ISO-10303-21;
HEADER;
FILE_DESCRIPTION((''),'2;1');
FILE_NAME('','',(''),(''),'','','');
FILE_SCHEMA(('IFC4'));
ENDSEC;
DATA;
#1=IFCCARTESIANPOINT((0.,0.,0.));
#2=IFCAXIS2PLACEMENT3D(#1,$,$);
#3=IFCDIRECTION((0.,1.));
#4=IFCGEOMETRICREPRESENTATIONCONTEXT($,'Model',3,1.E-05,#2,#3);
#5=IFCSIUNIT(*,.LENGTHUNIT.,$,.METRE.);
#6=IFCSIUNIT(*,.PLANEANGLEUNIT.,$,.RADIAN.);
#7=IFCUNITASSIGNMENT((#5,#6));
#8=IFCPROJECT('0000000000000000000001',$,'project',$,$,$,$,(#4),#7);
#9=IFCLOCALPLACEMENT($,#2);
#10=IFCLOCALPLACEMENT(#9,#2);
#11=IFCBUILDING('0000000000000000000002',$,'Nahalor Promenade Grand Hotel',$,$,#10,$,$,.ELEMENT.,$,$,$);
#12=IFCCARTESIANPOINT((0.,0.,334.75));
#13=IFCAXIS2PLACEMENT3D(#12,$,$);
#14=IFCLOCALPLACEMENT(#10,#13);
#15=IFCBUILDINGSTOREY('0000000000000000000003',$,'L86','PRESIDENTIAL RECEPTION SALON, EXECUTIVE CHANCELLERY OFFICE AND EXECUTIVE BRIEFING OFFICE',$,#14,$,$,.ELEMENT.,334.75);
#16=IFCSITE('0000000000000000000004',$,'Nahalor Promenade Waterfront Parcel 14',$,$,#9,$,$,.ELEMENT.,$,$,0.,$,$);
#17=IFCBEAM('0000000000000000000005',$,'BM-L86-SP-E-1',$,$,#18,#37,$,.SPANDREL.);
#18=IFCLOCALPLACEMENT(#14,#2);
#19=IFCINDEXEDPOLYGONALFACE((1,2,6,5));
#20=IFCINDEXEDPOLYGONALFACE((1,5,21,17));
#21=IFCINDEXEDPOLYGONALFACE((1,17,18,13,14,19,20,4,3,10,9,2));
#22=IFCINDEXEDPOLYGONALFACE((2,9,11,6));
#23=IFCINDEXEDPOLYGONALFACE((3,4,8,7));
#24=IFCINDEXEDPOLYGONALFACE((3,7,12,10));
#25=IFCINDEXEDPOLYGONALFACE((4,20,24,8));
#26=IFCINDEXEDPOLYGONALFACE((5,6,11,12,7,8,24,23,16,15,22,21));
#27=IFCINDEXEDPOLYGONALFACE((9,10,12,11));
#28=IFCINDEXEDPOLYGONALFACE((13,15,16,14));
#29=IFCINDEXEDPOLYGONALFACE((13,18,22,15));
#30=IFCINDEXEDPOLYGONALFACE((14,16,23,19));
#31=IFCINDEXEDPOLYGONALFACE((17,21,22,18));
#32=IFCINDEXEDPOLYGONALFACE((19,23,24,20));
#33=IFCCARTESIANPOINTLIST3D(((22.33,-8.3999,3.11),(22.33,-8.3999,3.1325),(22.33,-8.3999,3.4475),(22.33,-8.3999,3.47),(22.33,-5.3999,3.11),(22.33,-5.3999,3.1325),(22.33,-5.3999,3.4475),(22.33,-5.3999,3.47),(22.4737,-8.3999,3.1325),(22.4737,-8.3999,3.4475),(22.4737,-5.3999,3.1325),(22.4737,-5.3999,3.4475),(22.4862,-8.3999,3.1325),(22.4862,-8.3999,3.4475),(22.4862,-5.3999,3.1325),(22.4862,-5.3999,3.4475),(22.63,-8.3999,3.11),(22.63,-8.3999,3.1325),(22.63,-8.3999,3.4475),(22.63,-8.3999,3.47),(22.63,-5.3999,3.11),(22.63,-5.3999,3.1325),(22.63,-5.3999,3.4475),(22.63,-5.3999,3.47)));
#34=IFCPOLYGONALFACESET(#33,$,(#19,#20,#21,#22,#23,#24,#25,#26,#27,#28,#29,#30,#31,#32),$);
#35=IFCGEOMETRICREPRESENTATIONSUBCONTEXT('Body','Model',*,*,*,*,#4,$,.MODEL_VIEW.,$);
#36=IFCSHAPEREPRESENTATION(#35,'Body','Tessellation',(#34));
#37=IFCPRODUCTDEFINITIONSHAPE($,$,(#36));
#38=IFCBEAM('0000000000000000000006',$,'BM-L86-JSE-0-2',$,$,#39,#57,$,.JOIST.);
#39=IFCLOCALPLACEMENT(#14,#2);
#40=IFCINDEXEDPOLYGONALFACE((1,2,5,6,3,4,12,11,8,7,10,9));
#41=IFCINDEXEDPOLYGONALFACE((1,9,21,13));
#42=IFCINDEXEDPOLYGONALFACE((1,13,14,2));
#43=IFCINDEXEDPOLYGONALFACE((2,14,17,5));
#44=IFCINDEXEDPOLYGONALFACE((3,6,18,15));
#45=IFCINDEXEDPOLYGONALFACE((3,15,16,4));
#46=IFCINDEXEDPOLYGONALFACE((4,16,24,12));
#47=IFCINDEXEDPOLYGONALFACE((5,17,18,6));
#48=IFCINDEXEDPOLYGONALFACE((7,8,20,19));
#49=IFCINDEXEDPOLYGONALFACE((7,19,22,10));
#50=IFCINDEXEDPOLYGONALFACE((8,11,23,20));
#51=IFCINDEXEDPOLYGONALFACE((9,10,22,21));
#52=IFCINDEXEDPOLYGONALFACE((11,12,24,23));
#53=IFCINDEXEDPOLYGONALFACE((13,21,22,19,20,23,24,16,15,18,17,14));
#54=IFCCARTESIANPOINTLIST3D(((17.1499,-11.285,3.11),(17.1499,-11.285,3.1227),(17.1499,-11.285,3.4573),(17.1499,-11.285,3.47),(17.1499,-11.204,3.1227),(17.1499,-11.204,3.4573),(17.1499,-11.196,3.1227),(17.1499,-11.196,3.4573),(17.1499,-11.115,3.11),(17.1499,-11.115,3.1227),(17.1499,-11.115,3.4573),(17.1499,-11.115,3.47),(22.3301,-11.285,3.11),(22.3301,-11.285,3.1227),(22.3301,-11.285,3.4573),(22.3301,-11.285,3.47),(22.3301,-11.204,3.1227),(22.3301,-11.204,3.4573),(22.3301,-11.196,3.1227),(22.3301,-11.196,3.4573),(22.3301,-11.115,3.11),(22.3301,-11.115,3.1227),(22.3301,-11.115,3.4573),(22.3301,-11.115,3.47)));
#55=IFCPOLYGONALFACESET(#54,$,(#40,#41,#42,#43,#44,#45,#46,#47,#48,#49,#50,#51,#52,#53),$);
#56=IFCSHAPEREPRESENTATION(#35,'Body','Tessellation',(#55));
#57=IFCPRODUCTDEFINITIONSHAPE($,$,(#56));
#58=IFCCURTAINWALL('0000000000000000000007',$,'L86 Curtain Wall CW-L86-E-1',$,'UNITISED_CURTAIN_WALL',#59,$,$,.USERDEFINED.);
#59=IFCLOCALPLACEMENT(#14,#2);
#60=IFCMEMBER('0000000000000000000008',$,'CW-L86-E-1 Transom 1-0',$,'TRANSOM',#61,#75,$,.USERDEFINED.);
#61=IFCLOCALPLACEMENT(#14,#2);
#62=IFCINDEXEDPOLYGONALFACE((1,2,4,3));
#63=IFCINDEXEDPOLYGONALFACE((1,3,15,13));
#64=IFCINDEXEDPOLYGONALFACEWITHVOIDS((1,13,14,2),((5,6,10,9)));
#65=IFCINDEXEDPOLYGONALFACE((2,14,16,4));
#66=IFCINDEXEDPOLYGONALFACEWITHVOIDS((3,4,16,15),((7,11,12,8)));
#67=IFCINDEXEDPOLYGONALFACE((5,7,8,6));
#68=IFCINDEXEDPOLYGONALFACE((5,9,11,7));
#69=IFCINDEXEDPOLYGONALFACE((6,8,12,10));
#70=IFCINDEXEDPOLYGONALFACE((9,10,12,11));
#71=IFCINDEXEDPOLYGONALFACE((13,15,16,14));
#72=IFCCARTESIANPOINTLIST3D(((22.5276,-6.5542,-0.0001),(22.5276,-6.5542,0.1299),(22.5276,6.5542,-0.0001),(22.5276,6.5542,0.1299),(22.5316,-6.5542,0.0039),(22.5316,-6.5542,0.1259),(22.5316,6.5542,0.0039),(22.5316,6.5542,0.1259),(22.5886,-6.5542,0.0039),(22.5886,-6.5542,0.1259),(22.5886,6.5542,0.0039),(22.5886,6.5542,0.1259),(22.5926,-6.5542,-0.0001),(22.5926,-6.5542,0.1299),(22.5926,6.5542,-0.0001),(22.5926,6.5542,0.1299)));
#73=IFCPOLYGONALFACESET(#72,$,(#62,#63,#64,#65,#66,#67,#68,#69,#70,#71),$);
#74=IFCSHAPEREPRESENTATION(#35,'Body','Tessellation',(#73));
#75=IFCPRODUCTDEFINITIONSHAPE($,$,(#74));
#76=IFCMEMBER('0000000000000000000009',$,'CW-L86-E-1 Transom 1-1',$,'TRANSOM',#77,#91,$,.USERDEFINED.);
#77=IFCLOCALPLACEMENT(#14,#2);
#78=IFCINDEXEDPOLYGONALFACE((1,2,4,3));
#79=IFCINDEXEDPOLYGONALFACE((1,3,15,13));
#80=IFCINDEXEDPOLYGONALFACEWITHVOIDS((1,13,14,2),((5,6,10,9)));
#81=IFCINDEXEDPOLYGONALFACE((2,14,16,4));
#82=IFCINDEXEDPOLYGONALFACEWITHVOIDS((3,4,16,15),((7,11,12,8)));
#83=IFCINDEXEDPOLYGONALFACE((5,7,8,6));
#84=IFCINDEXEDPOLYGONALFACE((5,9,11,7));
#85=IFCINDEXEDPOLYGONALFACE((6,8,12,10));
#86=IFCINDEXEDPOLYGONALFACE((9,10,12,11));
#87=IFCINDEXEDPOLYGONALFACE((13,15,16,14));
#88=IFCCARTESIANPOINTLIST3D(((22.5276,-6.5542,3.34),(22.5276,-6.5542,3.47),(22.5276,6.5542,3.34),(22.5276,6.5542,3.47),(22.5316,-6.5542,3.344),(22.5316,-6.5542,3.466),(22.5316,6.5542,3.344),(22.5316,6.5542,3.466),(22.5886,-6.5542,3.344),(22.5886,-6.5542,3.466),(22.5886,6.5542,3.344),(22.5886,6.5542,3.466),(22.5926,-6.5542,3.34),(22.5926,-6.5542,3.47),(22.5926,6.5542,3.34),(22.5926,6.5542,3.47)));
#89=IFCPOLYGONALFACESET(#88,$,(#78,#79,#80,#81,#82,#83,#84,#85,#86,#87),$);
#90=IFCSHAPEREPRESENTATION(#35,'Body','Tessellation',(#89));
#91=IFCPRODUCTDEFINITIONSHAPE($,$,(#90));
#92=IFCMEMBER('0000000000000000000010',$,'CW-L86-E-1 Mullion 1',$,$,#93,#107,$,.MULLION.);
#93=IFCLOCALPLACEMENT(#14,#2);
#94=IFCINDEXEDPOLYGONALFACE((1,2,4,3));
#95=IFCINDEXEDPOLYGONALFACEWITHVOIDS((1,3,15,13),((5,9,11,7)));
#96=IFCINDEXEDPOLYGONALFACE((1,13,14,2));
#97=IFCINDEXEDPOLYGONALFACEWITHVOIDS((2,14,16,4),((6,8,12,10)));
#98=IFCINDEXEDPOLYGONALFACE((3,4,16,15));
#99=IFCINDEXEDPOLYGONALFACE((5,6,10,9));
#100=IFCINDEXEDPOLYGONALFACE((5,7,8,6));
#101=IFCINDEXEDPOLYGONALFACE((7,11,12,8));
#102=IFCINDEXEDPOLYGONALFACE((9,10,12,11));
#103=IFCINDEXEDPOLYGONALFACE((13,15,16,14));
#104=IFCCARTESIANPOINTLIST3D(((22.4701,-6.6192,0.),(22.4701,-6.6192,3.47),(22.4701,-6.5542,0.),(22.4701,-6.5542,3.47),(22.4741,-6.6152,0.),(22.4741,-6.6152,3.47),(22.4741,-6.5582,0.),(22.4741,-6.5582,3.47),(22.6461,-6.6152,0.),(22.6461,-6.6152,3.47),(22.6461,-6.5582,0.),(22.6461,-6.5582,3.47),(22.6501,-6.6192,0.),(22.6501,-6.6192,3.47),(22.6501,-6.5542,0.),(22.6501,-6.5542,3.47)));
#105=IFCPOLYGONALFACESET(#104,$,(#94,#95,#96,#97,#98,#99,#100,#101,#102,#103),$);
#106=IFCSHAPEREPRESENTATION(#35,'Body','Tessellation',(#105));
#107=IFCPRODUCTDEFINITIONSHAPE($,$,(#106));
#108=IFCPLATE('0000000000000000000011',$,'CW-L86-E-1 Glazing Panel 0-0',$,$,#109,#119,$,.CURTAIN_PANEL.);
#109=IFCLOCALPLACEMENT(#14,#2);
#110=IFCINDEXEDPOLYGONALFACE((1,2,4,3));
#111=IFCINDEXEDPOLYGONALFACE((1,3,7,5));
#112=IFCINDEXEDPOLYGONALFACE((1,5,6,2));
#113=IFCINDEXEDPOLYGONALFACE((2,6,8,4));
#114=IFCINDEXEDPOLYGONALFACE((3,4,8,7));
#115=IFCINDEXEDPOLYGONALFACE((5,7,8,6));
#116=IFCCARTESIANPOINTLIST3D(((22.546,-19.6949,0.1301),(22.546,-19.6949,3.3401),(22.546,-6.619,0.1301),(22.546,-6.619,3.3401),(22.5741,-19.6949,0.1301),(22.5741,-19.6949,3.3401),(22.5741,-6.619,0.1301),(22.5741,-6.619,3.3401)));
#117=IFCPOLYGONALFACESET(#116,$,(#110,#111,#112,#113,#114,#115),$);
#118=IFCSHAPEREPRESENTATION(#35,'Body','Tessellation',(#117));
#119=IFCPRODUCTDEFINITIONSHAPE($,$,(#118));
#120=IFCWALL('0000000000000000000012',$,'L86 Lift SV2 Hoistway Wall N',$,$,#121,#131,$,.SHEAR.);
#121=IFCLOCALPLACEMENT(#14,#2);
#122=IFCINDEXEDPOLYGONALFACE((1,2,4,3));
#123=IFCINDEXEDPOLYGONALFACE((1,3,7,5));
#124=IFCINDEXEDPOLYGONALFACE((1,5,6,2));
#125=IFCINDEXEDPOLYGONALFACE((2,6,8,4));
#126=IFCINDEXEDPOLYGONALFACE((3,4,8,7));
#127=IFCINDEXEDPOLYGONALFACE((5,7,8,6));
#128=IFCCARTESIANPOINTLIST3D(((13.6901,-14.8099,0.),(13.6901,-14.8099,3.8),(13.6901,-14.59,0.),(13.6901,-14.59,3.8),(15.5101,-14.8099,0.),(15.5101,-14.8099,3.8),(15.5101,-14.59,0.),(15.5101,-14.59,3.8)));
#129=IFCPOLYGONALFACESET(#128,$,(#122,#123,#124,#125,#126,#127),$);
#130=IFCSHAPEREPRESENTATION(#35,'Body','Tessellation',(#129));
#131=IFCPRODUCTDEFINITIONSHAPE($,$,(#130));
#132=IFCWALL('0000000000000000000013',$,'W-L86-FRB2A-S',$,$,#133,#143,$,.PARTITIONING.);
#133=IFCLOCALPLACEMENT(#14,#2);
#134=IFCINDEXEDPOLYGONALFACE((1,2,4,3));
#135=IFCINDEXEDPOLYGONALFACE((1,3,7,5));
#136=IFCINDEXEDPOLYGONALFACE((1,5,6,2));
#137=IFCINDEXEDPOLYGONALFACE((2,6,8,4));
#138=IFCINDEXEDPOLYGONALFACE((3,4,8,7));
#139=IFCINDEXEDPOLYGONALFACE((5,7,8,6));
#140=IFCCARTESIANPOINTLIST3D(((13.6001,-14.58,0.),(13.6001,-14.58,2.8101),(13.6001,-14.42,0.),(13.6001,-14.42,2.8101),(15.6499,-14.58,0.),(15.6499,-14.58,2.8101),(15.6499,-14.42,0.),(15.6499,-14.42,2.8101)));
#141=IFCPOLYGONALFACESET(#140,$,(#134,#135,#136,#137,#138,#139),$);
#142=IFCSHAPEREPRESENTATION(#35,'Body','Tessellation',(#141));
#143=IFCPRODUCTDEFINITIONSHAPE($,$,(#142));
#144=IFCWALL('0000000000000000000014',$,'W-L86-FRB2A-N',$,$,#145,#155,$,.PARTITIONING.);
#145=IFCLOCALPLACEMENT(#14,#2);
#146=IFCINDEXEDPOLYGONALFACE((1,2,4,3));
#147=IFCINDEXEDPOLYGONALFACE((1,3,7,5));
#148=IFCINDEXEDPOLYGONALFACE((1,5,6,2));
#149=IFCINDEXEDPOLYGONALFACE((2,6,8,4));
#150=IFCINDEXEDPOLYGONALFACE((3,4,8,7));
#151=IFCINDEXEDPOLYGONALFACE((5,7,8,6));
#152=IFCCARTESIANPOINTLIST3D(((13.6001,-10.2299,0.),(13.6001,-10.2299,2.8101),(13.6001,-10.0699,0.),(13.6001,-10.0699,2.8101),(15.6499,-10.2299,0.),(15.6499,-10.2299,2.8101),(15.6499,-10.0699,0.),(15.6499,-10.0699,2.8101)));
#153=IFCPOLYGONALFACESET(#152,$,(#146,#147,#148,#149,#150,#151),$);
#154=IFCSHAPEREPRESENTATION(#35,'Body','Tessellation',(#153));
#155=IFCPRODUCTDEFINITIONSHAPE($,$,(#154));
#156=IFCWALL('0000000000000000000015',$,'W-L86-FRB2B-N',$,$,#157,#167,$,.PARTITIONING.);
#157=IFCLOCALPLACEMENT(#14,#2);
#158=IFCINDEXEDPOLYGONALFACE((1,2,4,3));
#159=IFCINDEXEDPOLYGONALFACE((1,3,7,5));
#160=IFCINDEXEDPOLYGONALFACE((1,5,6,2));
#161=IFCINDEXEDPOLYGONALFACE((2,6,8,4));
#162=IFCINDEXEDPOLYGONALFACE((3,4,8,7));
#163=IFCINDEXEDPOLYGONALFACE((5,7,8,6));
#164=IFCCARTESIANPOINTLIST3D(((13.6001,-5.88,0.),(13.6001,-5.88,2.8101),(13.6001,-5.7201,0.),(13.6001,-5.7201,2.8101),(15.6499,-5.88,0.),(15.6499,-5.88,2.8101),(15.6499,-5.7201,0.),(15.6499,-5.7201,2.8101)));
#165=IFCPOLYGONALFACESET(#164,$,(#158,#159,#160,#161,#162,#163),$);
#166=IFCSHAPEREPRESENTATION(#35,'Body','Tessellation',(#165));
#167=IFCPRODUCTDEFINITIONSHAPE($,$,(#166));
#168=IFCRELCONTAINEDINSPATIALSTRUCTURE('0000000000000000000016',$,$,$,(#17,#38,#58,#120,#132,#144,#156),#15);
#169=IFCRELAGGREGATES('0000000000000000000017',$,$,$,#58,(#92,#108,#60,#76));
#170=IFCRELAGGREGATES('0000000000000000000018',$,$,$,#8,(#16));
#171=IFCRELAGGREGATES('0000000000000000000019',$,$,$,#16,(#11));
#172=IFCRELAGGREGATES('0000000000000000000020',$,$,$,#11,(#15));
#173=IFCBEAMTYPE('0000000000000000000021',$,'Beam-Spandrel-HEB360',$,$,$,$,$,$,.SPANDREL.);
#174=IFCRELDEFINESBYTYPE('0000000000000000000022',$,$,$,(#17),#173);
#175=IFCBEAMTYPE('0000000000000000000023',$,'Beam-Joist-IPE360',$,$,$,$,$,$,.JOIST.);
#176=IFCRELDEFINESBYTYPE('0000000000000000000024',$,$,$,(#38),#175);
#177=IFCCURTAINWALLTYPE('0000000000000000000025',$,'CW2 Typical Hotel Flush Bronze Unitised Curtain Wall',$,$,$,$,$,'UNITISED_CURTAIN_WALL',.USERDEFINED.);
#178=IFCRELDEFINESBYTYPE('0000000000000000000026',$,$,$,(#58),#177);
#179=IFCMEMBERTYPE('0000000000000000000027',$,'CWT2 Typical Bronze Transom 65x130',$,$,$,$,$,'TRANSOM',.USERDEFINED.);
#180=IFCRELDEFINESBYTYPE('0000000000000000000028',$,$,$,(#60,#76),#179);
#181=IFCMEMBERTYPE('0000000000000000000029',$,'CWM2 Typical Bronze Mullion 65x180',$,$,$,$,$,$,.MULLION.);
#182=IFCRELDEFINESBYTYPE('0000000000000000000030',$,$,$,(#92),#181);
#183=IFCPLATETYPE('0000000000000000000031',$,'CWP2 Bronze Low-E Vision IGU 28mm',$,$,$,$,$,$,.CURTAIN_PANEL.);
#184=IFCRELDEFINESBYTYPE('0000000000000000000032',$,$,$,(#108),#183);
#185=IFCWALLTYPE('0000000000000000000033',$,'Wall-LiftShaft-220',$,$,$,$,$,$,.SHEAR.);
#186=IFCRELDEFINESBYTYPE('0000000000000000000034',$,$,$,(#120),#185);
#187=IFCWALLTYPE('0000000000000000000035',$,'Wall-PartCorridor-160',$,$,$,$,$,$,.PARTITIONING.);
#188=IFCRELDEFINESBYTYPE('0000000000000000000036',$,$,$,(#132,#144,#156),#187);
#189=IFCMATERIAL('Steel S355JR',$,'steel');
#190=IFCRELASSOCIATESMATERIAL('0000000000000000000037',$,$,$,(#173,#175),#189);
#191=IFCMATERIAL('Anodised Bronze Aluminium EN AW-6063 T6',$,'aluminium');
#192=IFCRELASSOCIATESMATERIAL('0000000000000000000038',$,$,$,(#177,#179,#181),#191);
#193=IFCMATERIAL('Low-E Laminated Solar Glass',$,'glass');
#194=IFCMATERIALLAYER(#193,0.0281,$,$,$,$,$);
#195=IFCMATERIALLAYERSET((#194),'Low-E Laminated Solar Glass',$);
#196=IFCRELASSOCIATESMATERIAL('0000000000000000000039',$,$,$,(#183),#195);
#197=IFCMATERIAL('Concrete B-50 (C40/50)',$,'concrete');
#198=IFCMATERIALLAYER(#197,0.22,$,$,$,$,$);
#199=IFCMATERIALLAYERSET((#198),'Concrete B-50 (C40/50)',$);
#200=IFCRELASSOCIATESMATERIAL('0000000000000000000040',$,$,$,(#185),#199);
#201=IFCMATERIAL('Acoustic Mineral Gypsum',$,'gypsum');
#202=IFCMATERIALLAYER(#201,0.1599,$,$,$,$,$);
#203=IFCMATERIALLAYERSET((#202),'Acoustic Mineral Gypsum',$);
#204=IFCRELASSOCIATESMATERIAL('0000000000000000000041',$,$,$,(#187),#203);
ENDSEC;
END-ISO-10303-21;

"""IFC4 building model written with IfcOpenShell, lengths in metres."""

from ifc_helpers import new_model, si_unit, direction, frame, frame_2d, origin, origin_2d, place, context, subcontext, project, spatial, rectangle, hollow_rectangle, i_section, extrude, source, transform, mapped, material, layer, layer_set, material_profile, profile_set, type_object, element, aggregate, save


model = new_model("IFC4")

# Units and contexts
model_context = context("Model", 3, precision=1e-05, world=origin(), true_north=direction((0.0, 1.0)))
body_context = subcontext(model_context, "Body", "Model", "MODEL_VIEW")
ifc_project = project(units=[si_unit("LENGTHUNIT", "METRE"), si_unit("PLANEANGLEUNIT", "RADIAN")], contexts=[model_context])

# Site, building, storey
site_placement = place(None, origin())
site = spatial("IfcSite", under=ifc_project, at=site_placement, Name="Nahalor Promenade Waterfront Parcel 14", CompositionType="ELEMENT", RefElevation=0.0)
building_placement = place(site_placement, origin())
building = spatial("IfcBuilding", under=site, at=building_placement, Name="Nahalor Promenade Grand Hotel", CompositionType="ELEMENT")
storey_placement = place(building_placement, frame((0.0, 0.0, 334.75)))
storey = spatial("IfcBuildingStorey", under=building, at=storey_placement, Name="L86", Description="PRESIDENTIAL RECEPTION SALON, EXECUTIVE CHANCELLERY OFFICE AND EXECUTIVE BRIEFING OFFICE", CompositionType="ELEMENT", Elevation=334.75)

# Shared definitions
ifc_material_1 = material(Name="Steel S355JR", Category="steel")

# Beams
ifc_material_profile_1 = material_profile(ifc_material_1, i_section(OverallWidth=0.3, OverallDepth=0.36, WebThickness=0.0125, FlangeThickness=0.0225, at=origin_2d()), Name="HEB 360")
ifc_profile_set_1 = profile_set([ifc_material_profile_1], Name="Steel S355JR")
beam_type_1 = type_object("IfcBeamType", Name="Beam-Spandrel-HEB360", PredefinedType="SPANDREL", material=ifc_profile_set_1)
shared_shape_1 = source(origin(), body_context, "Body", "SweptSolid", [
    extrude(i_section(OverallWidth=0.3, OverallDepth=0.36, WebThickness=0.0125, FlangeThickness=0.0225, at=origin_2d()), origin(), (0.0, 0.0, 1.0), 3.0),
])
beam_1_placement = place(storey_placement, frame((22.48, -8.3999, 3.29), z_axis=(0.0, 1.0, 0.0), x_axis=(-1.0, 0.0, 0.0)))
element("IfcBeam", 1, at=beam_1_placement, inside=storey, type_object=beam_type_1, Name="BM-L86-SP-E-1", PredefinedType="SPANDREL", context=body_context, shape_type="MappedRepresentation", body=[
    mapped(shared_shape_1, transform((0.0, 0.0, 0.0), scale=1.0)),
])
ifc_material_profile_2 = material_profile(ifc_material_1, i_section(OverallWidth=0.17, OverallDepth=0.36, WebThickness=0.008, FlangeThickness=0.0127, at=origin_2d()), Name="IPE 360")
ifc_profile_set_2 = profile_set([ifc_material_profile_2], Name="Steel S355JR")
beam_type_2 = type_object("IfcBeamType", Name="Beam-Joist-IPE360", PredefinedType="JOIST", material=ifc_profile_set_2)
shared_shape_2 = source(origin(), body_context, "Body", "SweptSolid", [
    extrude(i_section(OverallWidth=0.17, OverallDepth=0.36, WebThickness=0.008, FlangeThickness=0.0127, at=origin_2d()), origin(), (0.0, 0.0, 1.0), 5.1802),
])
beam_2_placement = place(storey_placement, frame((17.1499, -11.2, 3.29), z_axis=(1.0, 0.0, 0.0), x_axis=(0.0, 1.0, 0.0)))
element("IfcBeam", 2, at=beam_2_placement, inside=storey, type_object=beam_type_2, Name="BM-L86-JSE-0-2", PredefinedType="JOIST", context=body_context, shape_type="MappedRepresentation", body=[
    mapped(shared_shape_2, transform((0.0, 0.0, 0.0), scale=1.0)),
])

# Curtain wall, members, plate
ifc_material_2 = material(Name="Anodised Bronze Aluminium EN AW-6063 T6", Category="aluminium")
curtain_wall_type = type_object("IfcCurtainWallType", Name="CW2 Typical Hotel Flush Bronze Unitised Curtain Wall", ElementType="UNITISED_CURTAIN_WALL", PredefinedType="USERDEFINED", material=ifc_material_2)
curtain_wall_placement = place(storey_placement, origin())
curtain_wall = element("IfcCurtainWall", 3, at=curtain_wall_placement, inside=storey, type_object=curtain_wall_type, Name="L86 Curtain Wall CW-L86-E-1", ObjectType="UNITISED_CURTAIN_WALL", PredefinedType="USERDEFINED")
ifc_material_profile_3 = material_profile(ifc_material_2, hollow_rectangle(XDim=0.065, YDim=0.13, WallThickness=0.004, at=origin_2d()), Name="CWT 65x130x4")
ifc_profile_set_3 = profile_set([ifc_material_profile_3], Name="Anodised Bronze Aluminium EN AW-6063 T6")
member_type_1 = type_object("IfcMemberType", Name="CWT2 Typical Bronze Transom 65x130", ElementType="TRANSOM", PredefinedType="USERDEFINED", material=ifc_profile_set_3)
shared_shape_3 = source(origin(), body_context, "Body", "SweptSolid", [
    extrude(hollow_rectangle(XDim=0.065, YDim=0.13, WallThickness=0.004, at=origin_2d()), origin(), (0.0, 0.0, 1.0), 13.1084),
])
member_1_placement = place(storey_placement, frame((22.5601, -6.5542, 0.0649), z_axis=(0.0, 1.0, 0.0), x_axis=(-1.0, 0.0, 0.0)))
member_1 = element("IfcMember", 4, at=member_1_placement, type_object=member_type_1, Name="CW-L86-E-1 Transom 1-0", ObjectType="TRANSOM", PredefinedType="USERDEFINED", context=body_context, shape_type="MappedRepresentation", body=[
    mapped(shared_shape_3, transform((0.0, 0.0, 0.0), scale=1.0)),
])
member_2_placement = place(storey_placement, frame((22.5601, -6.5542, 3.405), z_axis=(0.0, 1.0, 0.0), x_axis=(-1.0, 0.0, 0.0)))
member_2 = element("IfcMember", 5, at=member_2_placement, type_object=member_type_1, Name="CW-L86-E-1 Transom 1-1", ObjectType="TRANSOM", PredefinedType="USERDEFINED", context=body_context, shape_type="MappedRepresentation", body=[
    mapped(shared_shape_3, transform((0.0, 0.0, 0.0), scale=1.0)),
])
ifc_material_profile_4 = material_profile(ifc_material_2, hollow_rectangle(XDim=0.065, YDim=0.18, WallThickness=0.004, at=origin_2d()), Name="CWM 65x180x4")
ifc_profile_set_4 = profile_set([ifc_material_profile_4], Name="Anodised Bronze Aluminium EN AW-6063 T6")
member_type_2 = type_object("IfcMemberType", Name="CWM2 Typical Bronze Mullion 65x180", PredefinedType="MULLION", material=ifc_profile_set_4)
shared_shape_4 = source(origin(), body_context, "Body", "SweptSolid", [
    extrude(hollow_rectangle(XDim=0.065, YDim=0.18, WallThickness=0.004, at=origin_2d()), origin(), (0.0, 0.0, 1.0), 3.47),
])
member_3_placement = place(storey_placement, frame((22.5601, -6.5867, 0.0), z_axis=(0.0, 0.0, 1.0), x_axis=(0.0, 1.0, 0.0)))
member_3 = element("IfcMember", 6, at=member_3_placement, type_object=member_type_2, Name="CW-L86-E-1 Mullion 1", PredefinedType="MULLION", context=body_context, shape_type="MappedRepresentation", body=[
    mapped(shared_shape_4, transform((0.0, 0.0, 0.0), scale=1.0)),
])
ifc_material_3 = material(Name="Low-E Laminated Solar Glass", Category="glass")
ifc_layer_1 = layer(ifc_material_3, 0.0281)
ifc_layer_set_1 = layer_set([ifc_layer_1], Name="Low-E Laminated Solar Glass")
plate_type = type_object("IfcPlateType", Name="CWP2 Bronze Low-E Vision IGU 28mm", PredefinedType="CURTAIN_PANEL", material=ifc_layer_set_1)
shared_shape_5 = source(origin(), body_context, "Body", "SweptSolid", [
    extrude(rectangle(XDim=13.0759, YDim=0.0281, at=origin_2d()), origin(), (0.0, 0.0, 1.0), 3.21),
])
plate_placement = place(storey_placement, frame((22.5601, -13.157, 0.1301), z_axis=(0.0, 0.0, 1.0), x_axis=(0.0, 1.0, 0.0)))
plate = element("IfcPlate", 7, at=plate_placement, type_object=plate_type, Name="CW-L86-E-1 Glazing Panel 0-0", PredefinedType="CURTAIN_PANEL", context=body_context, shape_type="MappedRepresentation", body=[
    mapped(shared_shape_5, transform((0.0, 0.0, 0.0), scale=1.0)),
])
aggregate(curtain_wall, [member_3, plate, member_1, member_2])

# Wall
ifc_material_4 = material(Name="Concrete B-50 (C40/50)", Category="concrete")
ifc_layer_2 = layer(ifc_material_4, 0.22)
ifc_layer_set_2 = layer_set([ifc_layer_2], Name="Concrete B-50 (C40/50)")
wall_type_1 = type_object("IfcWallType", Name="Wall-LiftShaft-220", PredefinedType="SHEAR", material=ifc_layer_set_2)
shared_shape_6 = source(origin(), body_context, "Body", "SweptSolid", [
    extrude(rectangle(XDim=1.8201, YDim=0.22, at=frame_2d((0.9102, 0.0))), origin(), (0.0, 0.0, 1.0), 3.8),
])
wall_1_placement = place(storey_placement, frame((13.6899, -14.7, 0.0), z_axis=(0.0, 0.0, 1.0), x_axis=(1.0, 0.0, 0.0)))
element("IfcWall", 8, at=wall_1_placement, inside=storey, type_object=wall_type_1, Name="L86 Lift SV2 Hoistway Wall N", PredefinedType="SHEAR", context=body_context, shape_type="MappedRepresentation", body=[
    mapped(shared_shape_6, transform((0.0, 0.0, 0.0), scale=1.0)),
])

# Walls
ifc_material_5 = material(Name="Acoustic Mineral Gypsum", Category="gypsum")
ifc_layer_3 = layer(ifc_material_5, 0.1599)
ifc_layer_set_3 = layer_set([ifc_layer_3], Name="Acoustic Mineral Gypsum")
wall_type_2 = type_object("IfcWallType", Name="Wall-PartCorridor-160", PredefinedType="PARTITIONING", material=ifc_layer_set_3)
shared_shape_7 = source(origin(), body_context, "Body", "SweptSolid", [
    extrude(rectangle(XDim=2.0498, YDim=0.1599, at=frame_2d((1.0249, 0.0))), origin(), (0.0, 0.0, 1.0), 2.8101),
])
for number, where, z_axis, x_axis, name in (
    (9, (13.6001, -14.5, 0.0), (0.0, 0.0, 1.0), (1.0, 0.0, 0.0), "W-L86-FRB2A-S"),
    (10, (13.6001, -10.1499, 0.0), (0.0, 0.0, 1.0), (1.0, 0.0, 0.0), "W-L86-FRB2A-N"),
    (11, (13.6001, -5.8, 0.0), (0.0, 0.0, 1.0), (1.0, 0.0, 0.0), "W-L86-FRB2B-N"),
):
    element("IfcWall", number, at=place(storey_placement, frame(where, z_axis=z_axis, x_axis=x_axis)), inside=storey, type_object=wall_type_2, Name=name, PredefinedType="PARTITIONING", context=body_context, shape_type="MappedRepresentation", body=[
        mapped(shared_shape_7, transform((0.0, 0.0, 0.0), scale=1.0)),
    ])

save(model, "model.ifc")
